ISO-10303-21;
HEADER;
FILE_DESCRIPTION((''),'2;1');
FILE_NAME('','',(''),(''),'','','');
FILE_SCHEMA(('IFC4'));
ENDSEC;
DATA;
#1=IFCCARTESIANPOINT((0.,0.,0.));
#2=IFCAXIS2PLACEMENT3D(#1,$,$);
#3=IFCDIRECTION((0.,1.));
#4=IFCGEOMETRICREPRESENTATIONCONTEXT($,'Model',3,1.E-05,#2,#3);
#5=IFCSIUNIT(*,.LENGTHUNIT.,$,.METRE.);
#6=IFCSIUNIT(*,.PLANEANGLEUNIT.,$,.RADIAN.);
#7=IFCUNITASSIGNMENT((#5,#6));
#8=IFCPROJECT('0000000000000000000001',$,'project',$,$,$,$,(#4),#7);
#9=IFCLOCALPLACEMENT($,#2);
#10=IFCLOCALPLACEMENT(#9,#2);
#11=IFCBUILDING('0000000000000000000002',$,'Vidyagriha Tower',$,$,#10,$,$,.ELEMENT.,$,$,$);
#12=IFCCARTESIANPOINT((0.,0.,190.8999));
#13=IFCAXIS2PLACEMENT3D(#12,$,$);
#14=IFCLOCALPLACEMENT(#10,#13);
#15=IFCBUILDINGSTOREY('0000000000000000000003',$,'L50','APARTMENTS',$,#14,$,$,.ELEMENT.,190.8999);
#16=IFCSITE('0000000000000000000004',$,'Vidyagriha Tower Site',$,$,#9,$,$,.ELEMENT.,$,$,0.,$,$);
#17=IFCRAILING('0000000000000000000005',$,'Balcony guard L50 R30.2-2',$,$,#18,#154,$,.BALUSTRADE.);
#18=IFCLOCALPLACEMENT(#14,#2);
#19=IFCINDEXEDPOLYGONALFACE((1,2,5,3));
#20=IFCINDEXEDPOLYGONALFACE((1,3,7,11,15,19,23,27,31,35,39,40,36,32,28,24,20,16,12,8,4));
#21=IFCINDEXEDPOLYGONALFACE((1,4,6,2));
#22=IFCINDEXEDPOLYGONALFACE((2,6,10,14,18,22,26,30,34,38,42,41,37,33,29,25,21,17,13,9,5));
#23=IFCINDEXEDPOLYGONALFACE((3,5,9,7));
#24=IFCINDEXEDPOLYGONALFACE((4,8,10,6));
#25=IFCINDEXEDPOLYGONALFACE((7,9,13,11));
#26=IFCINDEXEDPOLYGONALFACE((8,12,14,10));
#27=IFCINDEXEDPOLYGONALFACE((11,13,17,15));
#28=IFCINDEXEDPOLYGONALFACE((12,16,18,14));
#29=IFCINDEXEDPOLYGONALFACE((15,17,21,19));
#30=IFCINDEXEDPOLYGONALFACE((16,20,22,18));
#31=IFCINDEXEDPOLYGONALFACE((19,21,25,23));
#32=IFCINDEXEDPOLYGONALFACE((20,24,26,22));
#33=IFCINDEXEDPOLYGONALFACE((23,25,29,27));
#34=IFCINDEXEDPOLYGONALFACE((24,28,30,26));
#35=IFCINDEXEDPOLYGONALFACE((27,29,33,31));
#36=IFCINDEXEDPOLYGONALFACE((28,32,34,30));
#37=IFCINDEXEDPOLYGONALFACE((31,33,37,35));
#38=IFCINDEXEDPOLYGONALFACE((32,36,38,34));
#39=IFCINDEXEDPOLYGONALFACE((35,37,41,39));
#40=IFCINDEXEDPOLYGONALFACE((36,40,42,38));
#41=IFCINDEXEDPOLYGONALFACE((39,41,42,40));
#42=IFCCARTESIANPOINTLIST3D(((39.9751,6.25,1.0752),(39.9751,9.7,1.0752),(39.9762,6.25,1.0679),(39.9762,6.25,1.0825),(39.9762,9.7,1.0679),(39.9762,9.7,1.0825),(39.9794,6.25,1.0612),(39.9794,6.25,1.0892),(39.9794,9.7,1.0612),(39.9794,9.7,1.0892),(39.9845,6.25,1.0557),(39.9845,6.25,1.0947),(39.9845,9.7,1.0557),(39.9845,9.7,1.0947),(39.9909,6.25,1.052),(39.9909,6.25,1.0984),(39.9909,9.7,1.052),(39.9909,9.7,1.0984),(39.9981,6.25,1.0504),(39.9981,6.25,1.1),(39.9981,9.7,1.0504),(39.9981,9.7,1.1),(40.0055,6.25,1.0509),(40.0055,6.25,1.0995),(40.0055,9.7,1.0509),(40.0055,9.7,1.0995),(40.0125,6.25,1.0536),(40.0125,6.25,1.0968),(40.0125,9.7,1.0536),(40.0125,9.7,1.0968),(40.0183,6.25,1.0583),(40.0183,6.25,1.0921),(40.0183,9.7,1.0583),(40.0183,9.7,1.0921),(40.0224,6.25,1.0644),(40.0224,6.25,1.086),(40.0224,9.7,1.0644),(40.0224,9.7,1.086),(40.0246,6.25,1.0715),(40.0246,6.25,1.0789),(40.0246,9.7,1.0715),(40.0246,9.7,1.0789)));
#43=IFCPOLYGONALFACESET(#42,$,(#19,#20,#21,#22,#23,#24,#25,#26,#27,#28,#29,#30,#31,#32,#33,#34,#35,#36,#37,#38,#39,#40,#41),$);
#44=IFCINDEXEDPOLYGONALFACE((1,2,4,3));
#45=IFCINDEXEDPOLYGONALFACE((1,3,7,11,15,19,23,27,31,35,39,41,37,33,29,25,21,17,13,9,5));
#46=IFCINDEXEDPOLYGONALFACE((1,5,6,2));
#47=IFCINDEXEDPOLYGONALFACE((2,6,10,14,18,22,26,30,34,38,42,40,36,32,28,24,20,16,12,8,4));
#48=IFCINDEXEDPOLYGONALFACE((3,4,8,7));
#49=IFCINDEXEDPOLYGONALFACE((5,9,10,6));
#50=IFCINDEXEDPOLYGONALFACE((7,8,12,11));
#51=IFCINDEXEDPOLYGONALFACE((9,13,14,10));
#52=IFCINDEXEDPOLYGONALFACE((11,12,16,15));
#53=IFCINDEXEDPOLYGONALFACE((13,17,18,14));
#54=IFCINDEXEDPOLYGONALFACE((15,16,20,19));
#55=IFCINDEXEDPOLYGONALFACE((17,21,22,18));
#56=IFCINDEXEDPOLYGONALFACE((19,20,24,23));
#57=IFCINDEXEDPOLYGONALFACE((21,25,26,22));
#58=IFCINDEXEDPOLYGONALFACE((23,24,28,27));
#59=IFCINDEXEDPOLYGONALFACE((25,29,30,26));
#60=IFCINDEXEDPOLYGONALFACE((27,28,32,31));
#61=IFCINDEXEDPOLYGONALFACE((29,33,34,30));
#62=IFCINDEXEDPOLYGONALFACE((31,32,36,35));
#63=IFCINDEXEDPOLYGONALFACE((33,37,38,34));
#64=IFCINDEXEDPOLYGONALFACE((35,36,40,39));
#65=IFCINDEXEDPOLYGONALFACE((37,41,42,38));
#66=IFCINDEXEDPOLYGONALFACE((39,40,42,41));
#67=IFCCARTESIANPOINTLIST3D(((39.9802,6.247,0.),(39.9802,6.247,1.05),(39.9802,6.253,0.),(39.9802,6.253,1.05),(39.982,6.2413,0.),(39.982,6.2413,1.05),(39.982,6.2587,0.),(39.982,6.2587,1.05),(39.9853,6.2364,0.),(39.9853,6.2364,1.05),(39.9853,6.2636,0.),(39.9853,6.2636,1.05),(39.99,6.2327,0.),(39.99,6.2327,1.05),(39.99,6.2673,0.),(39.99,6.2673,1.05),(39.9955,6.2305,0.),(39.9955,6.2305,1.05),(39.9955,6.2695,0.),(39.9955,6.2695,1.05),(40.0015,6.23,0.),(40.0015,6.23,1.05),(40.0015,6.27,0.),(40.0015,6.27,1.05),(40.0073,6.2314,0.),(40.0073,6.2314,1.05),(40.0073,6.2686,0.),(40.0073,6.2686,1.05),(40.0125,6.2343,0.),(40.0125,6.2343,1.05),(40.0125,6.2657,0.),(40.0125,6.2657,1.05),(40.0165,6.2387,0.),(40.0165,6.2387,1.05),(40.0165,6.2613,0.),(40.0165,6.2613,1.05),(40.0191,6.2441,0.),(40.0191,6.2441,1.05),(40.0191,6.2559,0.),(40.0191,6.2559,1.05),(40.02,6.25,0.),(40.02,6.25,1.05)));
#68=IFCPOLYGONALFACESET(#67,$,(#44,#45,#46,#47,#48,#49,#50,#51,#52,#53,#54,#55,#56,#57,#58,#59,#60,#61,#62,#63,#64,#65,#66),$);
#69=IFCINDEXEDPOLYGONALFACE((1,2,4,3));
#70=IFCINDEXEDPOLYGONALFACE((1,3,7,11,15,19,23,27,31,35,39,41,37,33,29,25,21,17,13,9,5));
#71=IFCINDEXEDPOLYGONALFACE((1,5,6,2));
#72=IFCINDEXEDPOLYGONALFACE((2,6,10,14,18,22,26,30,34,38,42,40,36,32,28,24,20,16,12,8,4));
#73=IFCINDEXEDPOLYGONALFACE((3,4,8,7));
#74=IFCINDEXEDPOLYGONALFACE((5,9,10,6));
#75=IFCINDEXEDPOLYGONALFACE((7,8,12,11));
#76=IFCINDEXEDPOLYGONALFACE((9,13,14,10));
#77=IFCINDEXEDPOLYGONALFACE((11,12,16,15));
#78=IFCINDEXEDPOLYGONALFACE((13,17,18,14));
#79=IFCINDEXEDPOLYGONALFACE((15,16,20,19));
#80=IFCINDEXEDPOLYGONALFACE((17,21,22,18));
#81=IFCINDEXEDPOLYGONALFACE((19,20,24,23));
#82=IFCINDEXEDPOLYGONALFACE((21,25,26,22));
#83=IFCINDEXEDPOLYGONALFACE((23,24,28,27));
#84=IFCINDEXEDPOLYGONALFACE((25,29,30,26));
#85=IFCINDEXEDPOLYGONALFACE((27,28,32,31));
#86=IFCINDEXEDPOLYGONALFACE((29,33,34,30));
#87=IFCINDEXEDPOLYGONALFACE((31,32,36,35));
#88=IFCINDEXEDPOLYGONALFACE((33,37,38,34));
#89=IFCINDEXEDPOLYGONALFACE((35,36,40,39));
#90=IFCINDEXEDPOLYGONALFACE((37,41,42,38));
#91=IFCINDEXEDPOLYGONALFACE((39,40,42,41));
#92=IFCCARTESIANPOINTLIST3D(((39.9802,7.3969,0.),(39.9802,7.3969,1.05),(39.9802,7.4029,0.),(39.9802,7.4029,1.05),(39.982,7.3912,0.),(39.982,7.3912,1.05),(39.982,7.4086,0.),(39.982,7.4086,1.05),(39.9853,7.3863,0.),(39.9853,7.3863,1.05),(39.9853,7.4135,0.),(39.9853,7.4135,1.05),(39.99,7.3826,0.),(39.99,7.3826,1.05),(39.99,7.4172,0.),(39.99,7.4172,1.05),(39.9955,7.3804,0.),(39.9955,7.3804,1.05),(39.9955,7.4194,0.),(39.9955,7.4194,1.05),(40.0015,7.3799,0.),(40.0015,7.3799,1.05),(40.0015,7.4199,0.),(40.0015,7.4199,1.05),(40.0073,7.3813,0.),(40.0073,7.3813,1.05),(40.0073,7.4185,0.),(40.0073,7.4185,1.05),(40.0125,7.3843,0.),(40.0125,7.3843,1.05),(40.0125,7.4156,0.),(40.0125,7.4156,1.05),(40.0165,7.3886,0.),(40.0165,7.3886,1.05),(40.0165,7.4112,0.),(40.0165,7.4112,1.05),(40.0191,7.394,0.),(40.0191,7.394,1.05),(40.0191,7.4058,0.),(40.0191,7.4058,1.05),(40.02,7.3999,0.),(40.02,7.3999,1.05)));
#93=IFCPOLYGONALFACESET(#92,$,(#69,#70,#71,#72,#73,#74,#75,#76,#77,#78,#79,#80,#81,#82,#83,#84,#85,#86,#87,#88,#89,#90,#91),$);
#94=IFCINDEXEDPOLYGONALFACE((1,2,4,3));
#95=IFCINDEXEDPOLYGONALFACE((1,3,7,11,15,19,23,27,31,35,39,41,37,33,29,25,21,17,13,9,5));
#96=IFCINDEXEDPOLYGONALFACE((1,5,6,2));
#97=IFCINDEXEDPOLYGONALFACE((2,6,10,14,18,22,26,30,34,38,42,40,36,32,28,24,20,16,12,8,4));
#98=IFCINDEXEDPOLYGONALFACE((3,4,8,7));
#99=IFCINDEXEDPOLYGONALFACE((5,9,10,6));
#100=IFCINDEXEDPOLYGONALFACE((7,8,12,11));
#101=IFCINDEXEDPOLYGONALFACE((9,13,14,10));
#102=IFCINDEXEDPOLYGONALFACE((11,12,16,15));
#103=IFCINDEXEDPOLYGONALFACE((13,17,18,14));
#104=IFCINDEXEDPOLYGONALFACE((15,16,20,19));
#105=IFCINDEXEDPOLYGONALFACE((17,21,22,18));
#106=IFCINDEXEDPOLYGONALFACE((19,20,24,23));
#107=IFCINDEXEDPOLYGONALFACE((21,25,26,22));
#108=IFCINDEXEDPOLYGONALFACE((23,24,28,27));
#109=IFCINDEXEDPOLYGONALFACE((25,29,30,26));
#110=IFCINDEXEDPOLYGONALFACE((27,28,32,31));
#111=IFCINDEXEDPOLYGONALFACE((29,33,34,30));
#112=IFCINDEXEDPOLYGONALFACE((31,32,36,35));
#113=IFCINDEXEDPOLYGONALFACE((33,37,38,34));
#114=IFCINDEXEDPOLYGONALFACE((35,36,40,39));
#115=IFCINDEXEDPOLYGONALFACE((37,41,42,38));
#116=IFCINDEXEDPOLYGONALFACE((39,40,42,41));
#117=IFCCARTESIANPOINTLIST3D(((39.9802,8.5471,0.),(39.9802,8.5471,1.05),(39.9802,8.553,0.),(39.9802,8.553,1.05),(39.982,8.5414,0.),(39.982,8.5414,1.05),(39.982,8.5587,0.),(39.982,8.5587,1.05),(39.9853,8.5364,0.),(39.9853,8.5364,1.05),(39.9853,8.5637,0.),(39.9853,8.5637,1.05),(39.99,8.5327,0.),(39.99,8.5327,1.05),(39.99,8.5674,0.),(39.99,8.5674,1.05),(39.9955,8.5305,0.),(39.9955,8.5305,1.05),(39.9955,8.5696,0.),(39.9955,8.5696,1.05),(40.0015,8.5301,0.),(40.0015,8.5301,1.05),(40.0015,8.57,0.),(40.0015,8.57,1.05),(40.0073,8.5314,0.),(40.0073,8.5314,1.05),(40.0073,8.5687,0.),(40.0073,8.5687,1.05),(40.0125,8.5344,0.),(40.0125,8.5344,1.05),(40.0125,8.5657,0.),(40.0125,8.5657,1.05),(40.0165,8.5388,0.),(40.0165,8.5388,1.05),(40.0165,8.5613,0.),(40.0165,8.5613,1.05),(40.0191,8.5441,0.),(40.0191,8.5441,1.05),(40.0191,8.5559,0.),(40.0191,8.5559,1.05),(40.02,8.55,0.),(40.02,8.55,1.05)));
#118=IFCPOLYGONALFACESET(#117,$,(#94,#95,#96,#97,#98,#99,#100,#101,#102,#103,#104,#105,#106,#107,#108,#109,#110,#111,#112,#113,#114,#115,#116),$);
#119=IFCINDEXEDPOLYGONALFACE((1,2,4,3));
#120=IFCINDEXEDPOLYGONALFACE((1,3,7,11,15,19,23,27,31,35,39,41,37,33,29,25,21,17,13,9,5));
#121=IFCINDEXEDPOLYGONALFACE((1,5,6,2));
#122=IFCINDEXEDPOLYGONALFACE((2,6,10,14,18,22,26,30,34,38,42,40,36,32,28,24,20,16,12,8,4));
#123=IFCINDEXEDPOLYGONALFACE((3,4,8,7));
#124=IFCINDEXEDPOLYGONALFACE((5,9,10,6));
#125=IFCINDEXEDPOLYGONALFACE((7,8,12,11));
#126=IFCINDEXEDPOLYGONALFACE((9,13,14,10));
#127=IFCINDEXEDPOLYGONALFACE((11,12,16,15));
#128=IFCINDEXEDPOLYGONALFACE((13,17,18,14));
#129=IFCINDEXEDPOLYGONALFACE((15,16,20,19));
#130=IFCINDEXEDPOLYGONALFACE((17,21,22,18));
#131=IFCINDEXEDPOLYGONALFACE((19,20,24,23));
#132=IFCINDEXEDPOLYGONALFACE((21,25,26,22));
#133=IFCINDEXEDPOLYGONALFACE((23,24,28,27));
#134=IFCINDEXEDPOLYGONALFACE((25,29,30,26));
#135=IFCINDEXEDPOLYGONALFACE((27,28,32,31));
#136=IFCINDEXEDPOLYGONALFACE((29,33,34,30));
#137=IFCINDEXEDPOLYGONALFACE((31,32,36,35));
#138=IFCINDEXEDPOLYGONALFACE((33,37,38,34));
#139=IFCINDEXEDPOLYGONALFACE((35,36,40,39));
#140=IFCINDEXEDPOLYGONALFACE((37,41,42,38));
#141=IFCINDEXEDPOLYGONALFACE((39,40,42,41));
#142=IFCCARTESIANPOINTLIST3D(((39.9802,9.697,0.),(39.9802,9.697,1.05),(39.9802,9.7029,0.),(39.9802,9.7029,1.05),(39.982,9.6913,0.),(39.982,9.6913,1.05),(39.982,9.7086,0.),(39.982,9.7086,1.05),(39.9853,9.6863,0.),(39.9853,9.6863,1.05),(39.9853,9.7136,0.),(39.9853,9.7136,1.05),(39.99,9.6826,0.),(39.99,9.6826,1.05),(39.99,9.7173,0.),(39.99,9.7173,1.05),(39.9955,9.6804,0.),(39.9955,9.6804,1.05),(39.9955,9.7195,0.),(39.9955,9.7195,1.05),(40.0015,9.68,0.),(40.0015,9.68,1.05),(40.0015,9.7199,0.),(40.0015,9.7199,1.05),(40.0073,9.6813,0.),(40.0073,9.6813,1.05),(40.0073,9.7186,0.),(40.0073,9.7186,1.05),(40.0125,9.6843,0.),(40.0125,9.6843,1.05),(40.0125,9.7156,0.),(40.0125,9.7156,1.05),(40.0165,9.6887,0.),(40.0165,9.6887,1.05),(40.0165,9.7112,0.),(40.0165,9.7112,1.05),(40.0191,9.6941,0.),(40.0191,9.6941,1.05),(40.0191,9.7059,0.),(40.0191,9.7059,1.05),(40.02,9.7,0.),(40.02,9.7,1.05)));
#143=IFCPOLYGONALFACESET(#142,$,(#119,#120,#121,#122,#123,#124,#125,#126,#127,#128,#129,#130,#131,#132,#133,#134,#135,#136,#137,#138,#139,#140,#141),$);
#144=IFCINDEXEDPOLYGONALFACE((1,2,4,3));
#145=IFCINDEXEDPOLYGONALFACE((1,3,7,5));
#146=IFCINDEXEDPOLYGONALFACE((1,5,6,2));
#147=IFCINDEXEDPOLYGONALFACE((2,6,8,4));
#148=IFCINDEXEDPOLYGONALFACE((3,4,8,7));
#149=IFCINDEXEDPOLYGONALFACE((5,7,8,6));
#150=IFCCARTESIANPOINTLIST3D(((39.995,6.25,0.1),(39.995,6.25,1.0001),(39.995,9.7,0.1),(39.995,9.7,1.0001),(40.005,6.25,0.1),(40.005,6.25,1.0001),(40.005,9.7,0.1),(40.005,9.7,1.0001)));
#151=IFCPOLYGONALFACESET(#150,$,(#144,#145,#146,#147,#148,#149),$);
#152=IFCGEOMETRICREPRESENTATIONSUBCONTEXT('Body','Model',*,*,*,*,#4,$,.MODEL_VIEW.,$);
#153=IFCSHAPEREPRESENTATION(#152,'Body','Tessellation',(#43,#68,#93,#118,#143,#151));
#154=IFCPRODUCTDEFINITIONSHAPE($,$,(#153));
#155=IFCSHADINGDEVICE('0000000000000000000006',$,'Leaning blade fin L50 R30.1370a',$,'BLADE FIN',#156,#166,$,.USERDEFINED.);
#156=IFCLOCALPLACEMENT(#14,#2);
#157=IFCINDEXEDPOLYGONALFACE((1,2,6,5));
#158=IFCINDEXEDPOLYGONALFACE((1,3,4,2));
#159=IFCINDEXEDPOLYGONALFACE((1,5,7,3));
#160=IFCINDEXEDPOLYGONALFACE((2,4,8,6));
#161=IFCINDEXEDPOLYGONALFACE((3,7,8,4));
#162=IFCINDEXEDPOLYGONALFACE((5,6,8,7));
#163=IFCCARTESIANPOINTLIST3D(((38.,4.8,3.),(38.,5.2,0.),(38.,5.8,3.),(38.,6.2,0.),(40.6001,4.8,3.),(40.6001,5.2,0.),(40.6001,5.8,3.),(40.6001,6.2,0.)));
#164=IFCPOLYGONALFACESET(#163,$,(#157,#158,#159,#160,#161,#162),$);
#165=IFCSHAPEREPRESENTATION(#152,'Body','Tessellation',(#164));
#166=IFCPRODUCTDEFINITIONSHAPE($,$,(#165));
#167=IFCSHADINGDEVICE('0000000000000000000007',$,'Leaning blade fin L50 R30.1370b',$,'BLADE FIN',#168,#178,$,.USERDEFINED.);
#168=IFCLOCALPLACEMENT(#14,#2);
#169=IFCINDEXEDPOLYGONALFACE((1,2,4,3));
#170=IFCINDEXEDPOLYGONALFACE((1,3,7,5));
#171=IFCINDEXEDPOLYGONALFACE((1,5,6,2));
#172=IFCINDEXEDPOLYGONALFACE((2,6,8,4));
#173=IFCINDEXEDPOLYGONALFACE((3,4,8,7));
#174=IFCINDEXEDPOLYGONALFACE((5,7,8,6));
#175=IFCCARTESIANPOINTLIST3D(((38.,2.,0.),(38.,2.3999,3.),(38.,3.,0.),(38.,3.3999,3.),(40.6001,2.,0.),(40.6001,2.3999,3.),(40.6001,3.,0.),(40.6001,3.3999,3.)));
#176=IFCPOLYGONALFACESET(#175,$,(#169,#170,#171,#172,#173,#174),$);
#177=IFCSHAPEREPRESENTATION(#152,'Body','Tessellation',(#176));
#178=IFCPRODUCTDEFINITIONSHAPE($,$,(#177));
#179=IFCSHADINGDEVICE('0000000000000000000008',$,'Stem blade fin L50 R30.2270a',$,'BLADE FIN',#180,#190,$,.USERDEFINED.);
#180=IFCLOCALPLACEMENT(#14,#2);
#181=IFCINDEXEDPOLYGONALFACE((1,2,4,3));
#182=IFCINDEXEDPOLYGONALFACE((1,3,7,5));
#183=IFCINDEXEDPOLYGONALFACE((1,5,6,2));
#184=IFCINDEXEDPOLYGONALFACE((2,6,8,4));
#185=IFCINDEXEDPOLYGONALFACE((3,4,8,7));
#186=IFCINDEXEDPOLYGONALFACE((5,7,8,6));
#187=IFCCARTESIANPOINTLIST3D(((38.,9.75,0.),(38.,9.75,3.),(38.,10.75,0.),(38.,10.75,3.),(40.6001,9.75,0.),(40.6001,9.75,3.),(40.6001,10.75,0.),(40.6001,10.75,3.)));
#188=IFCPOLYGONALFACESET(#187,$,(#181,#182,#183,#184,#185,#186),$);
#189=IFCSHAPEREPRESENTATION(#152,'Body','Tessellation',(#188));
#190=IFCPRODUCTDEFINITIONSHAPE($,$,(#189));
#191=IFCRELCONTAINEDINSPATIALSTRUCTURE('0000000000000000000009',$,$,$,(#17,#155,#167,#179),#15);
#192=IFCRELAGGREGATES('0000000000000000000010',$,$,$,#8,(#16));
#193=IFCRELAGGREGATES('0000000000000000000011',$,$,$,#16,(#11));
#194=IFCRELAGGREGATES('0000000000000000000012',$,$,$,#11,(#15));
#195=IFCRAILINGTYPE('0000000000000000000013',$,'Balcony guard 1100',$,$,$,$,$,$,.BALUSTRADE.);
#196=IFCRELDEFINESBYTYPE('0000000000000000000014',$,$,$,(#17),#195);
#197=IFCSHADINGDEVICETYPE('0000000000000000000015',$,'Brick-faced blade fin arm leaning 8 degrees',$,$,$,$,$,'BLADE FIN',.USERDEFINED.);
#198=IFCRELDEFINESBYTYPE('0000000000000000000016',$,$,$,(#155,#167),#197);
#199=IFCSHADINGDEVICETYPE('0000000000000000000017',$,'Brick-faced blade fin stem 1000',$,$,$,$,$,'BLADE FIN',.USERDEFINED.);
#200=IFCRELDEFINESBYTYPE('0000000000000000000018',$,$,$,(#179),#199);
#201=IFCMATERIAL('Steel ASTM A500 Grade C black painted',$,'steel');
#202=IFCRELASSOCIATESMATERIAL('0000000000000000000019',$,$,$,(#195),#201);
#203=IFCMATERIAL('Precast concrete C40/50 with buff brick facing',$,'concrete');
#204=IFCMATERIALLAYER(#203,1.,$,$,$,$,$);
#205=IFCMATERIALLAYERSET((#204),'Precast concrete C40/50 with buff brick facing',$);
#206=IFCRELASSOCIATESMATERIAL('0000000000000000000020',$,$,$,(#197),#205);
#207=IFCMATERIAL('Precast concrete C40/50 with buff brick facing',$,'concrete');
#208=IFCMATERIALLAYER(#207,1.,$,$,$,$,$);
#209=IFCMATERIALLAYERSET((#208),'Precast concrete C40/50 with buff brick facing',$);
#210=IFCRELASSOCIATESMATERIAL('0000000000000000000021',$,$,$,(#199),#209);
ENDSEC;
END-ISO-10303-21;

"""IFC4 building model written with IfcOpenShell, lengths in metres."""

from ifc_helpers import new_model, si_unit, direction, frame, origin, origin_2d, place, context, subcontext, project, spatial, polyline, rectangle, circle, outline, extrude, material, layer, layer_set, type_object, element, save


model = new_model("IFC4")

# Units and contexts
model_context = context("Model", 3, precision=1e-05, world=origin(), true_north=direction((0.0, 1.0)))
body_context = subcontext(model_context, "Body", "Model", "MODEL_VIEW")
ifc_project = project(units=[si_unit("LENGTHUNIT", "METRE"), si_unit("PLANEANGLEUNIT", "RADIAN")], contexts=[model_context])

# Site, building, storey
site_placement = place(None, origin())
site = spatial("IfcSite", under=ifc_project, at=site_placement, Name="Vidyagriha Tower Site", CompositionType="ELEMENT", RefElevation=0.0)
building_placement = place(site_placement, origin())
building = spatial("IfcBuilding", under=site, at=building_placement, Name="Vidyagriha Tower", CompositionType="ELEMENT")
storey_placement = place(building_placement, frame((0.0, 0.0, 190.8999)))
storey = spatial("IfcBuildingStorey", under=building, at=storey_placement, Name="L50", Description="APARTMENTS", CompositionType="ELEMENT", Elevation=190.8999)

# Railing
ifc_material_1 = material(Name="Steel ASTM A500 Grade C black painted", Category="steel")
railing_type_1 = type_object("IfcRailingType", Name="Balcony guard 1100", PredefinedType="BALUSTRADE", material=ifc_material_1)
railing_1_placement = place(storey_placement, frame((40.0, 6.25, 0.0)))
element("IfcRailing", 1, at=railing_1_placement, inside=storey, type_object=railing_type_1, Name="Balcony guard L50 R30.2-2", PredefinedType="BALUSTRADE", context=body_context, shape_type="SweptSolid", body=[
    extrude(circle(Radius=0.0249, at=origin_2d()), frame((0.0, 0.0, 1.0752), z_axis=(0.0, 1.0, 0.0), x_axis=(-1.0, 0.0, 0.0)), (0.0, 0.0, 1.0), 3.45),
    extrude(circle(Radius=0.02, at=origin_2d()), origin(), (0.0, 0.0, 1.0), 1.05),
    extrude(circle(Radius=0.02, at=origin_2d()), frame((0.0, 1.1499, 0.0)), (0.0, 0.0, 1.0), 1.05),
    extrude(circle(Radius=0.02, at=origin_2d()), frame((0.0, 2.3, 0.0)), (0.0, 0.0, 1.0), 1.05),
    extrude(circle(Radius=0.02, at=origin_2d()), frame((0.0, 3.45, 0.0)), (0.0, 0.0, 1.0), 1.05),
    extrude(rectangle(XDim=0.01, YDim=0.9001, at=origin_2d()), frame((0.0, 0.0, 0.55), z_axis=(0.0, 1.0, 0.0), x_axis=(-1.0, 0.0, 0.0)), (0.0, 0.0, 1.0), 3.45),
])

# Shading devices
ifc_material_2 = material(Name="Precast concrete C40/50 with buff brick facing", Category="concrete")
ifc_layer_1 = layer(ifc_material_2, 1.0)
ifc_layer_set_1 = layer_set([ifc_layer_1], Name="Precast concrete C40/50 with buff brick facing")
shading_device_type_1 = type_object("IfcShadingDeviceType", Name="Brick-faced blade fin arm leaning 8 degrees", ElementType="BLADE FIN", PredefinedType="USERDEFINED", material=ifc_layer_set_1)
shading_device_1_placement = place(storey_placement, frame((39.3, 4.8, 0.0), z_axis=(0.0, 0.0, 1.0), x_axis=(0.0, 1.0, 0.0)))
element("IfcShadingDevice", 2, at=shading_device_1_placement, inside=storey, type_object=shading_device_type_1, Name="Leaning blade fin L50 R30.1370a", ObjectType="BLADE FIN", PredefinedType="USERDEFINED", context=body_context, shape_type="SweptSolid", body=[
    extrude(outline(polyline([(0.3999, 0.0), (1.3999, 0.0), (1.0, 3.0), (0.0, 3.0), (0.3999, 0.0)])), frame((0.0, 1.3, 0.0), z_axis=(0.0, -1.0, 0.0), x_axis=(1.0, 0.0, 0.0)), (0.0, 0.0, 1.0), 2.6001),
])
shading_device_2_placement = place(storey_placement, frame((39.3, 2.0, 0.0), z_axis=(0.0, 0.0, 1.0), x_axis=(0.0, 1.0, 0.0)))
element("IfcShadingDevice", 3, at=shading_device_2_placement, inside=storey, type_object=shading_device_type_1, Name="Leaning blade fin L50 R30.1370b", ObjectType="BLADE FIN", PredefinedType="USERDEFINED", context=body_context, shape_type="SweptSolid", body=[
    extrude(outline(polyline([(0.0, 0.0), (1.0, 0.0), (1.3999, 3.0), (0.3999, 3.0), (0.0, 0.0)])), frame((0.0, 1.3, 0.0), z_axis=(0.0, -1.0, 0.0), x_axis=(1.0, 0.0, 0.0)), (0.0, 0.0, 1.0), 2.6001),
])
ifc_material_3 = material(Name="Precast concrete C40/50 with buff brick facing", Category="concrete")
ifc_layer_2 = layer(ifc_material_3, 1.0)
ifc_layer_set_2 = layer_set([ifc_layer_2], Name="Precast concrete C40/50 with buff brick facing")
shading_device_type_2 = type_object("IfcShadingDeviceType", Name="Brick-faced blade fin stem 1000", ElementType="BLADE FIN", PredefinedType="USERDEFINED", material=ifc_layer_set_2)
shading_device_3_placement = place(storey_placement, frame((39.3, 9.75, 0.0), z_axis=(0.0, 0.0, 1.0), x_axis=(0.0, 1.0, 0.0)))
element("IfcShadingDevice", 4, at=shading_device_3_placement, inside=storey, type_object=shading_device_type_2, Name="Stem blade fin L50 R30.2270a", ObjectType="BLADE FIN", PredefinedType="USERDEFINED", context=body_context, shape_type="SweptSolid", body=[
    extrude(outline(polyline([(0.0, 0.0), (1.0, 0.0), (1.0, 3.0), (0.0, 3.0), (0.0, 0.0)])), frame((0.0, 1.3, 0.0), z_axis=(0.0, -1.0, 0.0), x_axis=(1.0, 0.0, 0.0)), (0.0, 0.0, 1.0), 2.6001),
])

save(model, "model.ifc")
